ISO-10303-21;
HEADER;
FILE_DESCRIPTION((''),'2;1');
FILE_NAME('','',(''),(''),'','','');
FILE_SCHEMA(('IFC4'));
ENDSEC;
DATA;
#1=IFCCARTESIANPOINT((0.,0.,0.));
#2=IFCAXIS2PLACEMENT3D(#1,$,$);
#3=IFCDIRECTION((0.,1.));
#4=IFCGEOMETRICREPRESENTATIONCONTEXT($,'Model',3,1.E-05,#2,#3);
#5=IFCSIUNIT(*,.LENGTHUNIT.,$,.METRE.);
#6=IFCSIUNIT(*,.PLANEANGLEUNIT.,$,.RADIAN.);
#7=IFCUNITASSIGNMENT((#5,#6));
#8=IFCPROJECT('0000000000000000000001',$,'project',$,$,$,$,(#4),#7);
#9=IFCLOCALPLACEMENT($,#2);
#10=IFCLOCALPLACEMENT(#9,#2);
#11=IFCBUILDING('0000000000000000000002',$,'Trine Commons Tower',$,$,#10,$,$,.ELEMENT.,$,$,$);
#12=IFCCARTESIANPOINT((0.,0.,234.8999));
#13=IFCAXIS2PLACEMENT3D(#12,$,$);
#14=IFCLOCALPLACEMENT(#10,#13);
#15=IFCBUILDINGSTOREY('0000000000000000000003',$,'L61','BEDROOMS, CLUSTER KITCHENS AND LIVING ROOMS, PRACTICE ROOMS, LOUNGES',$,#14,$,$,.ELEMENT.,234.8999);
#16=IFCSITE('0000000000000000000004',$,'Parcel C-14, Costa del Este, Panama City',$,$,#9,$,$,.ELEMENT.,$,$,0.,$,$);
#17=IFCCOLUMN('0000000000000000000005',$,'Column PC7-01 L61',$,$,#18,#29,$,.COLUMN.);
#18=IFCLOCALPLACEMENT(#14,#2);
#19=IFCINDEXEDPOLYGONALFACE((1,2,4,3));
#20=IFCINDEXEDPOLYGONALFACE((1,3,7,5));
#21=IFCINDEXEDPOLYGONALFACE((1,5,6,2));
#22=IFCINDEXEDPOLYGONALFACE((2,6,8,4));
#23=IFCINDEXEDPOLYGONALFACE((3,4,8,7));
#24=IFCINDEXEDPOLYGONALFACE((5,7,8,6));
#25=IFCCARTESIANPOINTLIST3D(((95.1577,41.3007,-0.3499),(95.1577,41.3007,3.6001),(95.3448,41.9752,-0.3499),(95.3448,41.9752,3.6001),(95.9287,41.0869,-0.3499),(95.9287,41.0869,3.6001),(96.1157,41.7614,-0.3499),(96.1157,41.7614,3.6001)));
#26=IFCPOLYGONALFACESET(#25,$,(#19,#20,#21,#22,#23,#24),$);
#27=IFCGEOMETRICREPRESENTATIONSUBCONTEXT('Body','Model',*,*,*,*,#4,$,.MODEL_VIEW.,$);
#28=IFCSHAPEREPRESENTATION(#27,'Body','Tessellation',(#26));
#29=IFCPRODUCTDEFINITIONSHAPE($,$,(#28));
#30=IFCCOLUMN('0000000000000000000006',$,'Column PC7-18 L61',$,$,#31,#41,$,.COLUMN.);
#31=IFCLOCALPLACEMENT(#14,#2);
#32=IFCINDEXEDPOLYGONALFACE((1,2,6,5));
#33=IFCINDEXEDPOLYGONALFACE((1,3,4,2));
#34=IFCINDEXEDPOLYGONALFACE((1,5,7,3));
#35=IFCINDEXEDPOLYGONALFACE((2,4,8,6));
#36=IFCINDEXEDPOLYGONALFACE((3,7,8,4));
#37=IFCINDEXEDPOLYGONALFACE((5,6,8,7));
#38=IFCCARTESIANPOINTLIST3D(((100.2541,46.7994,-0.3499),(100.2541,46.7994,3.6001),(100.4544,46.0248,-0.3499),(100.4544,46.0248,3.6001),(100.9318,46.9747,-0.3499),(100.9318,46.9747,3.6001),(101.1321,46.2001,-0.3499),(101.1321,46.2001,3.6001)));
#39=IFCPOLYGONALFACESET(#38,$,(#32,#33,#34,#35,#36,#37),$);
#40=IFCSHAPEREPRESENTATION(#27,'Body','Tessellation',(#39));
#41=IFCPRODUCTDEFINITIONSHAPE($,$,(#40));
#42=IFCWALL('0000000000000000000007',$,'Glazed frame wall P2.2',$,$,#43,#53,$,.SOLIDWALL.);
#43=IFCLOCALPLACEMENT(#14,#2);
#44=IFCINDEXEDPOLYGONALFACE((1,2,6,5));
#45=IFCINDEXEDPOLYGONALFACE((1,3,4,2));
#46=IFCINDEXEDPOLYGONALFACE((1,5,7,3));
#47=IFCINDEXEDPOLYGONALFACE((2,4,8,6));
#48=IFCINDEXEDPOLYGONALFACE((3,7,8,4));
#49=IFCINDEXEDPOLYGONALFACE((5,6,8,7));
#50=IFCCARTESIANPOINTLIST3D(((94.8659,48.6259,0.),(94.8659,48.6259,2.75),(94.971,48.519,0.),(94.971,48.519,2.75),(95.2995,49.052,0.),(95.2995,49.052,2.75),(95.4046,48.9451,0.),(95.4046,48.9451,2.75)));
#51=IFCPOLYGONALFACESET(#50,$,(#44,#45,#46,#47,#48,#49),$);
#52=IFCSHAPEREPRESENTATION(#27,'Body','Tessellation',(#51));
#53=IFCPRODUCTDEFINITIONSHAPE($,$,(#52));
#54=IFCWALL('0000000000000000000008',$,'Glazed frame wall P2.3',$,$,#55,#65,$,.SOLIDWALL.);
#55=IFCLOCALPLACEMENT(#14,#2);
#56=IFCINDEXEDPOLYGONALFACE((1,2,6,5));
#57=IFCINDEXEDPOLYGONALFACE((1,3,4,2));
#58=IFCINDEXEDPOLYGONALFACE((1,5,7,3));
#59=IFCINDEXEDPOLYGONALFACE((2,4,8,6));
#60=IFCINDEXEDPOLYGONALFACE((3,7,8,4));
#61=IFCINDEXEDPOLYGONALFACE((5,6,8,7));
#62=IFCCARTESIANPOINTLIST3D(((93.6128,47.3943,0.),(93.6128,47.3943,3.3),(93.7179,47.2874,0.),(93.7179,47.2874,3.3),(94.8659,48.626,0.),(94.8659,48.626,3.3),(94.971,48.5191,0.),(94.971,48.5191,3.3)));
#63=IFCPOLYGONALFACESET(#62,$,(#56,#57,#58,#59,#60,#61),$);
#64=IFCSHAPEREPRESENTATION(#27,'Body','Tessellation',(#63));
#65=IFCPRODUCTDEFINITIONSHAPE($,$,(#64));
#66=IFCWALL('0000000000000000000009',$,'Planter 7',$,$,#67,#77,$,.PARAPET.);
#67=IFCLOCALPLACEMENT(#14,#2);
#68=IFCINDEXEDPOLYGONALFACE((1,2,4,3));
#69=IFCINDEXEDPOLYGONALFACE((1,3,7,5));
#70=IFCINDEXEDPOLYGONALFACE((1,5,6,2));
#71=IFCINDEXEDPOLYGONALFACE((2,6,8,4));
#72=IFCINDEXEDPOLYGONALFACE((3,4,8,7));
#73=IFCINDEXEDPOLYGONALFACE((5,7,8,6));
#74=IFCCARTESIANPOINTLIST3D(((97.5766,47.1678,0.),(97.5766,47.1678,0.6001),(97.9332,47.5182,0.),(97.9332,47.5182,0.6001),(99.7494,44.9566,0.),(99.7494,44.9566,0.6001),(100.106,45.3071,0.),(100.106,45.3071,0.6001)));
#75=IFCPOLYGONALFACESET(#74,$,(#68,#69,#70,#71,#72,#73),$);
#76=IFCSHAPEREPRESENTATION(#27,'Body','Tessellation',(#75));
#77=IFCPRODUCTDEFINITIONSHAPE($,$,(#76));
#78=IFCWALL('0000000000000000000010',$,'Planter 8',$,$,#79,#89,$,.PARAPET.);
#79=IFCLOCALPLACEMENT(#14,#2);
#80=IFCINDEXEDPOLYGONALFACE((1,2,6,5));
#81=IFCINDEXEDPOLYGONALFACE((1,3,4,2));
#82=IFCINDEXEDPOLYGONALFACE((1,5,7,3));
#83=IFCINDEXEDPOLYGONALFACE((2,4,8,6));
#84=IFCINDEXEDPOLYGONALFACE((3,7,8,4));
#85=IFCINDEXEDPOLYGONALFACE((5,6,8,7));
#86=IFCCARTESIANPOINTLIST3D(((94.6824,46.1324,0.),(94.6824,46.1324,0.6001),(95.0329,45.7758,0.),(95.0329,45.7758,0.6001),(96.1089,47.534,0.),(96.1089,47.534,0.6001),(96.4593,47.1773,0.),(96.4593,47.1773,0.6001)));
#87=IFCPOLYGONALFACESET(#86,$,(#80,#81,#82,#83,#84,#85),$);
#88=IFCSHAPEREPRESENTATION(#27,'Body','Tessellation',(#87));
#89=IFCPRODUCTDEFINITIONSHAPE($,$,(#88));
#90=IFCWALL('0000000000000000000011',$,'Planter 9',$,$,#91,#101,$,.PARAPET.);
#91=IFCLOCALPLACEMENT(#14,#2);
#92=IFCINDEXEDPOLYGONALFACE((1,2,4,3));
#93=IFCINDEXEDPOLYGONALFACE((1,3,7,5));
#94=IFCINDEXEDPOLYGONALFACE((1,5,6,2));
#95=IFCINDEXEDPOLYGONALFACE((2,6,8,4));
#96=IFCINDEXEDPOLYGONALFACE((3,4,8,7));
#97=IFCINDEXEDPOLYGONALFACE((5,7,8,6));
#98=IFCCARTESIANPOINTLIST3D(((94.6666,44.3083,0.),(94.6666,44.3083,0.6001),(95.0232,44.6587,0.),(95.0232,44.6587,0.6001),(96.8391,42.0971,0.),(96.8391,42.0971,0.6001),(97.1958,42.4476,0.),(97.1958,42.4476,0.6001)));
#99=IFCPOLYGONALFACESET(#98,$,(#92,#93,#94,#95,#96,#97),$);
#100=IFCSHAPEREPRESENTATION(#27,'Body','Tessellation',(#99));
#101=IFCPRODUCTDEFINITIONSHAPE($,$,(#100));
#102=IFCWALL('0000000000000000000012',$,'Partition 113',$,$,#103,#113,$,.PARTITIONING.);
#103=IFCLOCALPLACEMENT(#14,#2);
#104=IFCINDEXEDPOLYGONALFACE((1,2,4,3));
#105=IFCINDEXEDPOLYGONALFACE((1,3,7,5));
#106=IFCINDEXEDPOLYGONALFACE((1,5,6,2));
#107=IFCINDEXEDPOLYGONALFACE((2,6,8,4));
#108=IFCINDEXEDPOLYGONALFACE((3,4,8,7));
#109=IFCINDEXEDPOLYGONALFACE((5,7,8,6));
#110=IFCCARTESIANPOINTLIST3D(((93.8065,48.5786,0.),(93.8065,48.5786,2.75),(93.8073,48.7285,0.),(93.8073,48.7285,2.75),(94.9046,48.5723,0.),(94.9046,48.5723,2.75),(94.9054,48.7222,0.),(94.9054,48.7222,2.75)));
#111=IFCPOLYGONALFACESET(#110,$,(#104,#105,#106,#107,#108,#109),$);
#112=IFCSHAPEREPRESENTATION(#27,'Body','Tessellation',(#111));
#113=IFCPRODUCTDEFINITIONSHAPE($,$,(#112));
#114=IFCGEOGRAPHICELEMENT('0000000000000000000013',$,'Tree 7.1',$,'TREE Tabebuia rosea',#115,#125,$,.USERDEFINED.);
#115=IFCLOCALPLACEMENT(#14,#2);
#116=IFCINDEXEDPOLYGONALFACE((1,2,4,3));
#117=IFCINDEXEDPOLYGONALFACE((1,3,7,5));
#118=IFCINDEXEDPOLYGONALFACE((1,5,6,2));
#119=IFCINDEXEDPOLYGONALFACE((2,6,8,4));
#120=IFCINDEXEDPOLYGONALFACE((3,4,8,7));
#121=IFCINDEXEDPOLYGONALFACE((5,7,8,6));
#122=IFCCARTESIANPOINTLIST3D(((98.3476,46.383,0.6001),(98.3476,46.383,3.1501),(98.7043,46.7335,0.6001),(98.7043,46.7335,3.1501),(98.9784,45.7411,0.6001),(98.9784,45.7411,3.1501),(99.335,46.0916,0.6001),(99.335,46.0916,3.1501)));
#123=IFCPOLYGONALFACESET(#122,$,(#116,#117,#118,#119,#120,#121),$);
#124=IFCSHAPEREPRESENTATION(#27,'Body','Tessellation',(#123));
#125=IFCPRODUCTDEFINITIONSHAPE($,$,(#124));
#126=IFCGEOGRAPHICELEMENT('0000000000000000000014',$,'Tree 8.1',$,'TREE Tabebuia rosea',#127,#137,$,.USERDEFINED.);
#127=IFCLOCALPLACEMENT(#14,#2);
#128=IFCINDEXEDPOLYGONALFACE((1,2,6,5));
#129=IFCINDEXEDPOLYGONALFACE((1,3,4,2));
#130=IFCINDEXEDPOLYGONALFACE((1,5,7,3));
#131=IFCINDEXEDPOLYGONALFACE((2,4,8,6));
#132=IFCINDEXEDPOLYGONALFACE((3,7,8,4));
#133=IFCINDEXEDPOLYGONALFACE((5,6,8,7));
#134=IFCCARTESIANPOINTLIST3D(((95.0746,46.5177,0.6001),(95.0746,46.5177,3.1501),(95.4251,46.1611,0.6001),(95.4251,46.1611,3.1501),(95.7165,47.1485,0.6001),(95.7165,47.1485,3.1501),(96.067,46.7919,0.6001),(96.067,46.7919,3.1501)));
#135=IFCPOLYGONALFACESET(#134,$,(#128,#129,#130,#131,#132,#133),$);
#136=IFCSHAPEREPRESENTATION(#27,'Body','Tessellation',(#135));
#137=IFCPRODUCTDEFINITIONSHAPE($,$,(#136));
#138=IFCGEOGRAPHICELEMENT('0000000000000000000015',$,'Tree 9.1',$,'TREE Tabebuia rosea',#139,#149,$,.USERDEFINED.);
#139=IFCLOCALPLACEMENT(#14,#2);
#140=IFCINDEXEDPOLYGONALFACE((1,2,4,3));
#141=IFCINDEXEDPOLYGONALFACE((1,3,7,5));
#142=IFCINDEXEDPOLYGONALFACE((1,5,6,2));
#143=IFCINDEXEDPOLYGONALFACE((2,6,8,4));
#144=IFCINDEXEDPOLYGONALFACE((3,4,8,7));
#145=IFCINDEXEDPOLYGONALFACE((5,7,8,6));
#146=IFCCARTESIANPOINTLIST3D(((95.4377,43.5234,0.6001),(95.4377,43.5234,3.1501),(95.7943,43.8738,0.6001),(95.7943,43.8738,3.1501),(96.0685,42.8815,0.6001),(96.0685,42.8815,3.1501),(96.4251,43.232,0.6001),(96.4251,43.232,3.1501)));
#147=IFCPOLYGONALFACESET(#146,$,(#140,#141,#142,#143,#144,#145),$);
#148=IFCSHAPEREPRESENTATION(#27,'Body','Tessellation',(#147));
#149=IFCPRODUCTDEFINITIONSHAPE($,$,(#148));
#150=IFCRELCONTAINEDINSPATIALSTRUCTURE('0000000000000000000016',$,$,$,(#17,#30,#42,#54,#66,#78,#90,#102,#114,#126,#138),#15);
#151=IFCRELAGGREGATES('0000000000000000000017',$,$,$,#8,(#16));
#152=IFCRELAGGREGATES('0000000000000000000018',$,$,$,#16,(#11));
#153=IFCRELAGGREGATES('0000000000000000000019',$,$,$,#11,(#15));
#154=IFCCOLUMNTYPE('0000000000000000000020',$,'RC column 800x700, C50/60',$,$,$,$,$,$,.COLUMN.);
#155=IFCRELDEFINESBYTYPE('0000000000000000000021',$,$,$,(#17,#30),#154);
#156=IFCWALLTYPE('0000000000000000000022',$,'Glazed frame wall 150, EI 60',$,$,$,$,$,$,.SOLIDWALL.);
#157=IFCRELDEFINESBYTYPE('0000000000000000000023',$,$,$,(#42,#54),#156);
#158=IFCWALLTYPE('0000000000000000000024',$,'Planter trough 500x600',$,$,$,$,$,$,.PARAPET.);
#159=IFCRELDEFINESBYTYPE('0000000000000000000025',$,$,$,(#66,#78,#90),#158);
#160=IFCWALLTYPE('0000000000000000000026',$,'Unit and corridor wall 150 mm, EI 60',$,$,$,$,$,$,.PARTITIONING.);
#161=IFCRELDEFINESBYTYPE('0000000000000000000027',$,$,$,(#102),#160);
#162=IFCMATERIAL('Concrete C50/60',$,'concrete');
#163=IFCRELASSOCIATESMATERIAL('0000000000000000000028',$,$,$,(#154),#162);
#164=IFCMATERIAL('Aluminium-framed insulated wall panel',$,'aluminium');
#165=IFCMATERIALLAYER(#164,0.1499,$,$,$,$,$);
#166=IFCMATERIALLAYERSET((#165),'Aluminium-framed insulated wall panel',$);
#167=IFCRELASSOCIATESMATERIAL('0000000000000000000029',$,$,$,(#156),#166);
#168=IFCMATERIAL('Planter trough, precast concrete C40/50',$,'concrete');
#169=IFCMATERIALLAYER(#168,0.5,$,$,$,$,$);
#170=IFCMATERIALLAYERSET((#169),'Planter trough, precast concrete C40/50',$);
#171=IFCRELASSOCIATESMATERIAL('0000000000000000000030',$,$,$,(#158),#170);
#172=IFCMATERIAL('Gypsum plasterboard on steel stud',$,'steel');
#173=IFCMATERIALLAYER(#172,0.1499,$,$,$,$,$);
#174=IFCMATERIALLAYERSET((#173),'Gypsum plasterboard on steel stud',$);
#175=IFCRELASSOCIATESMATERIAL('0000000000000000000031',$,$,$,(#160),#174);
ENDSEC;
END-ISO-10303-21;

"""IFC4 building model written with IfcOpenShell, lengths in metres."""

from ifc_helpers import new_model, si_unit, direction, frame, frame_2d, origin, origin_2d, place, context, subcontext, project, spatial, polyline, rectangle, outline, extrude, material, layer, layer_set, material_profile, profile_set, type_object, element, save


model = new_model("IFC4")

# Units and contexts
model_context = context("Model", 3, precision=1e-05, world=origin(), true_north=direction((0.0, 1.0)))
body_context = subcontext(model_context, "Body", "Model", "MODEL_VIEW")
ifc_project = project(units=[si_unit("LENGTHUNIT", "METRE"), si_unit("PLANEANGLEUNIT", "RADIAN")], contexts=[model_context])

# Site, building, storey
site_placement = place(None, origin())
site = spatial("IfcSite", under=ifc_project, at=site_placement, Name="Parcel C-14, Costa del Este, Panama City", CompositionType="ELEMENT", RefElevation=0.0)
building_placement = place(site_placement, origin())
building = spatial("IfcBuilding", under=site, at=building_placement, Name="Trine Commons Tower", CompositionType="ELEMENT")
storey_placement = place(building_placement, frame((0.0, 0.0, 234.8999)))
storey = spatial("IfcBuildingStorey", under=building, at=storey_placement, Name="L61", Description="BEDROOMS, CLUSTER KITCHENS AND LIVING ROOMS, PRACTICE ROOMS, LOUNGES", CompositionType="ELEMENT", Elevation=234.8999)

# Columns
ifc_material_1 = material(Name="Concrete C50/60", Category="concrete")
ifc_material_profile = material_profile(ifc_material_1, rectangle(XDim=0.8, YDim=0.7, at=origin_2d()), Name="RC 800x700")
ifc_profile_set = profile_set([ifc_material_profile], Name="Concrete C50/60")
column_type = type_object("IfcColumnType", Name="RC column 800x700, C50/60", PredefinedType="COLUMN", material=ifc_profile_set)
for number, where, z_axis, x_axis, name in (
    (1, (95.6367, 41.531, -0.3499), (0.0, 0.0, 1.0), (-0.96363, 0.267238, 0.0), "Column PC7-01 L61"),
    (2, (100.6931, 46.4998, -0.3499), (0.0, 0.0, 1.0), (-0.25038, 0.968148, 0.0), "Column PC7-18 L61"),
):
    element("IfcColumn", number, at=place(storey_placement, frame(where, z_axis=z_axis, x_axis=x_axis)), inside=storey, type_object=column_type, Name=name, PredefinedType="COLUMN", context=body_context, shape_type="SweptSolid", body=[
        extrude(rectangle(XDim=0.8, YDim=0.7, at=origin_2d()), origin(), (0.0, 0.0, 1.0), 3.95),
    ])

# Walls
ifc_material_2 = material(Name="Aluminium-framed insulated wall panel", Category="aluminium")
ifc_layer_1 = layer(ifc_material_2, 0.1499)
ifc_layer_set_1 = layer_set([ifc_layer_1], Name="Aluminium-framed insulated wall panel")
wall_type_1 = type_object("IfcWallType", Name="Glazed frame wall 150, EI 60", PredefinedType="SOLIDWALL", material=ifc_layer_set_1)
wall_1_placement = place(storey_placement, frame((95.3521, 48.9985, 0.0), z_axis=(0.0, 0.0, 1.0), x_axis=(-0.713305, -0.700854, 0.0)))
element("IfcWall", 3, at=wall_1_placement, inside=storey, type_object=wall_type_1, Name="Glazed frame wall P2.2", PredefinedType="SOLIDWALL", context=body_context, shape_type="SweptSolid", body=[
    extrude(outline(polyline([(0.0, -0.075), (0.6079, -0.075), (0.6079, 0.075), (0.0, 0.075), (0.0, -0.075)])), origin(), (0.0, 0.0, 1.0), 2.75),
])
wall_2_placement = place(storey_placement, frame((94.9185, 48.5725, 0.0), z_axis=(0.0, 0.0, 1.0), x_axis=(-0.713194, -0.700967, 0.0)))
element("IfcWall", 4, at=wall_2_placement, inside=storey, type_object=wall_type_1, Name="Glazed frame wall P2.3", PredefinedType="SOLIDWALL", context=body_context, shape_type="SweptSolid", body=[
    extrude(outline(polyline([(0.0, -0.075), (1.7571, -0.075), (1.7571, 0.075), (0.0, 0.075), (0.0, -0.075)])), origin(), (0.0, 0.0, 1.0), 3.3),
])
ifc_material_3 = material(Name="Planter trough, precast concrete C40/50", Category="concrete")
ifc_layer_2 = layer(ifc_material_3, 0.5)
ifc_layer_set_2 = layer_set([ifc_layer_2], Name="Planter trough, precast concrete C40/50")
wall_type_2 = type_object("IfcWallType", Name="Planter trough 500x600", PredefinedType="PARAPET", material=ifc_layer_set_2)
wall_3_placement = place(storey_placement, frame((99.9277, 45.1318, 0.0), z_axis=(0.0, 0.0, 1.0), x_axis=(-0.700898, 0.713262, 0.0)))
element("IfcWall", 5, at=wall_3_placement, inside=storey, type_object=wall_type_2, Name="Planter 7", PredefinedType="PARAPET", context=body_context, shape_type="SweptSolid", body=[
    extrude(rectangle(XDim=3.1001, YDim=0.5, at=frame_2d((1.55, 0.0))), origin(), (0.0, 0.0, 1.0), 0.6001),
])
wall_4_placement = place(storey_placement, frame((96.2842, 47.3557, 0.0), z_axis=(0.0, 0.0, 1.0), x_axis=(-0.713305, -0.700853, 0.0)))
element("IfcWall", 6, at=wall_4_placement, inside=storey, type_object=wall_type_2, Name="Planter 8", PredefinedType="PARAPET", context=body_context, shape_type="SweptSolid", body=[
    extrude(rectangle(XDim=1.9998, YDim=0.5, at=frame_2d((1.0, 0.0))), origin(), (0.0, 0.0, 1.0), 0.6001),
])
wall_5_placement = place(storey_placement, frame((94.845, 44.4834, 0.0), z_axis=(0.0, 0.0, 1.0), x_axis=(0.700858, -0.713301, 0.0)))
element("IfcWall", 7, at=wall_5_placement, inside=storey, type_object=wall_type_2, Name="Planter 9", PredefinedType="PARAPET", context=body_context, shape_type="SweptSolid", body=[
    extrude(rectangle(XDim=3.0999, YDim=0.5, at=frame_2d((1.5498, 0.0))), origin(), (0.0, 0.0, 1.0), 0.6001),
])
ifc_material_4 = material(Name="Gypsum plasterboard on steel stud", Category="steel")
ifc_layer_3 = layer(ifc_material_4, 0.1499)
ifc_layer_set_3 = layer_set([ifc_layer_3], Name="Gypsum plasterboard on steel stud")
wall_type_3 = type_object("IfcWallType", Name="Unit and corridor wall 150 mm, EI 60", PredefinedType="PARTITIONING", material=ifc_layer_set_3)
wall_6_placement = place(storey_placement, frame((93.8069, 48.6536, 0.0), z_axis=(0.0, 0.0, 1.0), x_axis=(0.999983, -0.00578, 0.0)))
element("IfcWall", 8, at=wall_6_placement, inside=storey, type_object=wall_type_3, Name="Partition 113", PredefinedType="PARTITIONING", context=body_context, shape_type="SweptSolid", body=[
    extrude(rectangle(XDim=1.0981, YDim=0.1499, at=frame_2d((0.5491, 0.0))), origin(), (0.0, 0.0, 1.0), 2.75),
])

# Geographic elements
for number, where, z_axis, x_axis, name in (
    (9, (98.8413, 46.2373, 0.6001), (0.0, 0.0, 1.0), (-0.700898, 0.713261, 0.0), "Tree 7.1"),
    (10, (95.5708, 46.6548, 0.6001), (0.0, 0.0, 1.0), (-0.713239, -0.70092, 0.0), "Tree 8.1"),
    (11, (95.9314, 43.3777, 0.6001), (0.0, 0.0, 1.0), (0.700898, -0.713261, 0.0), "Tree 9.1"),
):
    element("IfcGeographicElement", number, at=place(storey_placement, frame(where, z_axis=z_axis, x_axis=x_axis)), inside=storey, Name=name, ObjectType="TREE Tabebuia rosea", PredefinedType="USERDEFINED", context=body_context, shape_type="SweptSolid", body=[
        extrude(rectangle(XDim=0.8999, YDim=0.5, at=origin_2d()), origin(), (0.0, 0.0, 1.0), 2.55),
    ])

save(model, "model.ifc")
